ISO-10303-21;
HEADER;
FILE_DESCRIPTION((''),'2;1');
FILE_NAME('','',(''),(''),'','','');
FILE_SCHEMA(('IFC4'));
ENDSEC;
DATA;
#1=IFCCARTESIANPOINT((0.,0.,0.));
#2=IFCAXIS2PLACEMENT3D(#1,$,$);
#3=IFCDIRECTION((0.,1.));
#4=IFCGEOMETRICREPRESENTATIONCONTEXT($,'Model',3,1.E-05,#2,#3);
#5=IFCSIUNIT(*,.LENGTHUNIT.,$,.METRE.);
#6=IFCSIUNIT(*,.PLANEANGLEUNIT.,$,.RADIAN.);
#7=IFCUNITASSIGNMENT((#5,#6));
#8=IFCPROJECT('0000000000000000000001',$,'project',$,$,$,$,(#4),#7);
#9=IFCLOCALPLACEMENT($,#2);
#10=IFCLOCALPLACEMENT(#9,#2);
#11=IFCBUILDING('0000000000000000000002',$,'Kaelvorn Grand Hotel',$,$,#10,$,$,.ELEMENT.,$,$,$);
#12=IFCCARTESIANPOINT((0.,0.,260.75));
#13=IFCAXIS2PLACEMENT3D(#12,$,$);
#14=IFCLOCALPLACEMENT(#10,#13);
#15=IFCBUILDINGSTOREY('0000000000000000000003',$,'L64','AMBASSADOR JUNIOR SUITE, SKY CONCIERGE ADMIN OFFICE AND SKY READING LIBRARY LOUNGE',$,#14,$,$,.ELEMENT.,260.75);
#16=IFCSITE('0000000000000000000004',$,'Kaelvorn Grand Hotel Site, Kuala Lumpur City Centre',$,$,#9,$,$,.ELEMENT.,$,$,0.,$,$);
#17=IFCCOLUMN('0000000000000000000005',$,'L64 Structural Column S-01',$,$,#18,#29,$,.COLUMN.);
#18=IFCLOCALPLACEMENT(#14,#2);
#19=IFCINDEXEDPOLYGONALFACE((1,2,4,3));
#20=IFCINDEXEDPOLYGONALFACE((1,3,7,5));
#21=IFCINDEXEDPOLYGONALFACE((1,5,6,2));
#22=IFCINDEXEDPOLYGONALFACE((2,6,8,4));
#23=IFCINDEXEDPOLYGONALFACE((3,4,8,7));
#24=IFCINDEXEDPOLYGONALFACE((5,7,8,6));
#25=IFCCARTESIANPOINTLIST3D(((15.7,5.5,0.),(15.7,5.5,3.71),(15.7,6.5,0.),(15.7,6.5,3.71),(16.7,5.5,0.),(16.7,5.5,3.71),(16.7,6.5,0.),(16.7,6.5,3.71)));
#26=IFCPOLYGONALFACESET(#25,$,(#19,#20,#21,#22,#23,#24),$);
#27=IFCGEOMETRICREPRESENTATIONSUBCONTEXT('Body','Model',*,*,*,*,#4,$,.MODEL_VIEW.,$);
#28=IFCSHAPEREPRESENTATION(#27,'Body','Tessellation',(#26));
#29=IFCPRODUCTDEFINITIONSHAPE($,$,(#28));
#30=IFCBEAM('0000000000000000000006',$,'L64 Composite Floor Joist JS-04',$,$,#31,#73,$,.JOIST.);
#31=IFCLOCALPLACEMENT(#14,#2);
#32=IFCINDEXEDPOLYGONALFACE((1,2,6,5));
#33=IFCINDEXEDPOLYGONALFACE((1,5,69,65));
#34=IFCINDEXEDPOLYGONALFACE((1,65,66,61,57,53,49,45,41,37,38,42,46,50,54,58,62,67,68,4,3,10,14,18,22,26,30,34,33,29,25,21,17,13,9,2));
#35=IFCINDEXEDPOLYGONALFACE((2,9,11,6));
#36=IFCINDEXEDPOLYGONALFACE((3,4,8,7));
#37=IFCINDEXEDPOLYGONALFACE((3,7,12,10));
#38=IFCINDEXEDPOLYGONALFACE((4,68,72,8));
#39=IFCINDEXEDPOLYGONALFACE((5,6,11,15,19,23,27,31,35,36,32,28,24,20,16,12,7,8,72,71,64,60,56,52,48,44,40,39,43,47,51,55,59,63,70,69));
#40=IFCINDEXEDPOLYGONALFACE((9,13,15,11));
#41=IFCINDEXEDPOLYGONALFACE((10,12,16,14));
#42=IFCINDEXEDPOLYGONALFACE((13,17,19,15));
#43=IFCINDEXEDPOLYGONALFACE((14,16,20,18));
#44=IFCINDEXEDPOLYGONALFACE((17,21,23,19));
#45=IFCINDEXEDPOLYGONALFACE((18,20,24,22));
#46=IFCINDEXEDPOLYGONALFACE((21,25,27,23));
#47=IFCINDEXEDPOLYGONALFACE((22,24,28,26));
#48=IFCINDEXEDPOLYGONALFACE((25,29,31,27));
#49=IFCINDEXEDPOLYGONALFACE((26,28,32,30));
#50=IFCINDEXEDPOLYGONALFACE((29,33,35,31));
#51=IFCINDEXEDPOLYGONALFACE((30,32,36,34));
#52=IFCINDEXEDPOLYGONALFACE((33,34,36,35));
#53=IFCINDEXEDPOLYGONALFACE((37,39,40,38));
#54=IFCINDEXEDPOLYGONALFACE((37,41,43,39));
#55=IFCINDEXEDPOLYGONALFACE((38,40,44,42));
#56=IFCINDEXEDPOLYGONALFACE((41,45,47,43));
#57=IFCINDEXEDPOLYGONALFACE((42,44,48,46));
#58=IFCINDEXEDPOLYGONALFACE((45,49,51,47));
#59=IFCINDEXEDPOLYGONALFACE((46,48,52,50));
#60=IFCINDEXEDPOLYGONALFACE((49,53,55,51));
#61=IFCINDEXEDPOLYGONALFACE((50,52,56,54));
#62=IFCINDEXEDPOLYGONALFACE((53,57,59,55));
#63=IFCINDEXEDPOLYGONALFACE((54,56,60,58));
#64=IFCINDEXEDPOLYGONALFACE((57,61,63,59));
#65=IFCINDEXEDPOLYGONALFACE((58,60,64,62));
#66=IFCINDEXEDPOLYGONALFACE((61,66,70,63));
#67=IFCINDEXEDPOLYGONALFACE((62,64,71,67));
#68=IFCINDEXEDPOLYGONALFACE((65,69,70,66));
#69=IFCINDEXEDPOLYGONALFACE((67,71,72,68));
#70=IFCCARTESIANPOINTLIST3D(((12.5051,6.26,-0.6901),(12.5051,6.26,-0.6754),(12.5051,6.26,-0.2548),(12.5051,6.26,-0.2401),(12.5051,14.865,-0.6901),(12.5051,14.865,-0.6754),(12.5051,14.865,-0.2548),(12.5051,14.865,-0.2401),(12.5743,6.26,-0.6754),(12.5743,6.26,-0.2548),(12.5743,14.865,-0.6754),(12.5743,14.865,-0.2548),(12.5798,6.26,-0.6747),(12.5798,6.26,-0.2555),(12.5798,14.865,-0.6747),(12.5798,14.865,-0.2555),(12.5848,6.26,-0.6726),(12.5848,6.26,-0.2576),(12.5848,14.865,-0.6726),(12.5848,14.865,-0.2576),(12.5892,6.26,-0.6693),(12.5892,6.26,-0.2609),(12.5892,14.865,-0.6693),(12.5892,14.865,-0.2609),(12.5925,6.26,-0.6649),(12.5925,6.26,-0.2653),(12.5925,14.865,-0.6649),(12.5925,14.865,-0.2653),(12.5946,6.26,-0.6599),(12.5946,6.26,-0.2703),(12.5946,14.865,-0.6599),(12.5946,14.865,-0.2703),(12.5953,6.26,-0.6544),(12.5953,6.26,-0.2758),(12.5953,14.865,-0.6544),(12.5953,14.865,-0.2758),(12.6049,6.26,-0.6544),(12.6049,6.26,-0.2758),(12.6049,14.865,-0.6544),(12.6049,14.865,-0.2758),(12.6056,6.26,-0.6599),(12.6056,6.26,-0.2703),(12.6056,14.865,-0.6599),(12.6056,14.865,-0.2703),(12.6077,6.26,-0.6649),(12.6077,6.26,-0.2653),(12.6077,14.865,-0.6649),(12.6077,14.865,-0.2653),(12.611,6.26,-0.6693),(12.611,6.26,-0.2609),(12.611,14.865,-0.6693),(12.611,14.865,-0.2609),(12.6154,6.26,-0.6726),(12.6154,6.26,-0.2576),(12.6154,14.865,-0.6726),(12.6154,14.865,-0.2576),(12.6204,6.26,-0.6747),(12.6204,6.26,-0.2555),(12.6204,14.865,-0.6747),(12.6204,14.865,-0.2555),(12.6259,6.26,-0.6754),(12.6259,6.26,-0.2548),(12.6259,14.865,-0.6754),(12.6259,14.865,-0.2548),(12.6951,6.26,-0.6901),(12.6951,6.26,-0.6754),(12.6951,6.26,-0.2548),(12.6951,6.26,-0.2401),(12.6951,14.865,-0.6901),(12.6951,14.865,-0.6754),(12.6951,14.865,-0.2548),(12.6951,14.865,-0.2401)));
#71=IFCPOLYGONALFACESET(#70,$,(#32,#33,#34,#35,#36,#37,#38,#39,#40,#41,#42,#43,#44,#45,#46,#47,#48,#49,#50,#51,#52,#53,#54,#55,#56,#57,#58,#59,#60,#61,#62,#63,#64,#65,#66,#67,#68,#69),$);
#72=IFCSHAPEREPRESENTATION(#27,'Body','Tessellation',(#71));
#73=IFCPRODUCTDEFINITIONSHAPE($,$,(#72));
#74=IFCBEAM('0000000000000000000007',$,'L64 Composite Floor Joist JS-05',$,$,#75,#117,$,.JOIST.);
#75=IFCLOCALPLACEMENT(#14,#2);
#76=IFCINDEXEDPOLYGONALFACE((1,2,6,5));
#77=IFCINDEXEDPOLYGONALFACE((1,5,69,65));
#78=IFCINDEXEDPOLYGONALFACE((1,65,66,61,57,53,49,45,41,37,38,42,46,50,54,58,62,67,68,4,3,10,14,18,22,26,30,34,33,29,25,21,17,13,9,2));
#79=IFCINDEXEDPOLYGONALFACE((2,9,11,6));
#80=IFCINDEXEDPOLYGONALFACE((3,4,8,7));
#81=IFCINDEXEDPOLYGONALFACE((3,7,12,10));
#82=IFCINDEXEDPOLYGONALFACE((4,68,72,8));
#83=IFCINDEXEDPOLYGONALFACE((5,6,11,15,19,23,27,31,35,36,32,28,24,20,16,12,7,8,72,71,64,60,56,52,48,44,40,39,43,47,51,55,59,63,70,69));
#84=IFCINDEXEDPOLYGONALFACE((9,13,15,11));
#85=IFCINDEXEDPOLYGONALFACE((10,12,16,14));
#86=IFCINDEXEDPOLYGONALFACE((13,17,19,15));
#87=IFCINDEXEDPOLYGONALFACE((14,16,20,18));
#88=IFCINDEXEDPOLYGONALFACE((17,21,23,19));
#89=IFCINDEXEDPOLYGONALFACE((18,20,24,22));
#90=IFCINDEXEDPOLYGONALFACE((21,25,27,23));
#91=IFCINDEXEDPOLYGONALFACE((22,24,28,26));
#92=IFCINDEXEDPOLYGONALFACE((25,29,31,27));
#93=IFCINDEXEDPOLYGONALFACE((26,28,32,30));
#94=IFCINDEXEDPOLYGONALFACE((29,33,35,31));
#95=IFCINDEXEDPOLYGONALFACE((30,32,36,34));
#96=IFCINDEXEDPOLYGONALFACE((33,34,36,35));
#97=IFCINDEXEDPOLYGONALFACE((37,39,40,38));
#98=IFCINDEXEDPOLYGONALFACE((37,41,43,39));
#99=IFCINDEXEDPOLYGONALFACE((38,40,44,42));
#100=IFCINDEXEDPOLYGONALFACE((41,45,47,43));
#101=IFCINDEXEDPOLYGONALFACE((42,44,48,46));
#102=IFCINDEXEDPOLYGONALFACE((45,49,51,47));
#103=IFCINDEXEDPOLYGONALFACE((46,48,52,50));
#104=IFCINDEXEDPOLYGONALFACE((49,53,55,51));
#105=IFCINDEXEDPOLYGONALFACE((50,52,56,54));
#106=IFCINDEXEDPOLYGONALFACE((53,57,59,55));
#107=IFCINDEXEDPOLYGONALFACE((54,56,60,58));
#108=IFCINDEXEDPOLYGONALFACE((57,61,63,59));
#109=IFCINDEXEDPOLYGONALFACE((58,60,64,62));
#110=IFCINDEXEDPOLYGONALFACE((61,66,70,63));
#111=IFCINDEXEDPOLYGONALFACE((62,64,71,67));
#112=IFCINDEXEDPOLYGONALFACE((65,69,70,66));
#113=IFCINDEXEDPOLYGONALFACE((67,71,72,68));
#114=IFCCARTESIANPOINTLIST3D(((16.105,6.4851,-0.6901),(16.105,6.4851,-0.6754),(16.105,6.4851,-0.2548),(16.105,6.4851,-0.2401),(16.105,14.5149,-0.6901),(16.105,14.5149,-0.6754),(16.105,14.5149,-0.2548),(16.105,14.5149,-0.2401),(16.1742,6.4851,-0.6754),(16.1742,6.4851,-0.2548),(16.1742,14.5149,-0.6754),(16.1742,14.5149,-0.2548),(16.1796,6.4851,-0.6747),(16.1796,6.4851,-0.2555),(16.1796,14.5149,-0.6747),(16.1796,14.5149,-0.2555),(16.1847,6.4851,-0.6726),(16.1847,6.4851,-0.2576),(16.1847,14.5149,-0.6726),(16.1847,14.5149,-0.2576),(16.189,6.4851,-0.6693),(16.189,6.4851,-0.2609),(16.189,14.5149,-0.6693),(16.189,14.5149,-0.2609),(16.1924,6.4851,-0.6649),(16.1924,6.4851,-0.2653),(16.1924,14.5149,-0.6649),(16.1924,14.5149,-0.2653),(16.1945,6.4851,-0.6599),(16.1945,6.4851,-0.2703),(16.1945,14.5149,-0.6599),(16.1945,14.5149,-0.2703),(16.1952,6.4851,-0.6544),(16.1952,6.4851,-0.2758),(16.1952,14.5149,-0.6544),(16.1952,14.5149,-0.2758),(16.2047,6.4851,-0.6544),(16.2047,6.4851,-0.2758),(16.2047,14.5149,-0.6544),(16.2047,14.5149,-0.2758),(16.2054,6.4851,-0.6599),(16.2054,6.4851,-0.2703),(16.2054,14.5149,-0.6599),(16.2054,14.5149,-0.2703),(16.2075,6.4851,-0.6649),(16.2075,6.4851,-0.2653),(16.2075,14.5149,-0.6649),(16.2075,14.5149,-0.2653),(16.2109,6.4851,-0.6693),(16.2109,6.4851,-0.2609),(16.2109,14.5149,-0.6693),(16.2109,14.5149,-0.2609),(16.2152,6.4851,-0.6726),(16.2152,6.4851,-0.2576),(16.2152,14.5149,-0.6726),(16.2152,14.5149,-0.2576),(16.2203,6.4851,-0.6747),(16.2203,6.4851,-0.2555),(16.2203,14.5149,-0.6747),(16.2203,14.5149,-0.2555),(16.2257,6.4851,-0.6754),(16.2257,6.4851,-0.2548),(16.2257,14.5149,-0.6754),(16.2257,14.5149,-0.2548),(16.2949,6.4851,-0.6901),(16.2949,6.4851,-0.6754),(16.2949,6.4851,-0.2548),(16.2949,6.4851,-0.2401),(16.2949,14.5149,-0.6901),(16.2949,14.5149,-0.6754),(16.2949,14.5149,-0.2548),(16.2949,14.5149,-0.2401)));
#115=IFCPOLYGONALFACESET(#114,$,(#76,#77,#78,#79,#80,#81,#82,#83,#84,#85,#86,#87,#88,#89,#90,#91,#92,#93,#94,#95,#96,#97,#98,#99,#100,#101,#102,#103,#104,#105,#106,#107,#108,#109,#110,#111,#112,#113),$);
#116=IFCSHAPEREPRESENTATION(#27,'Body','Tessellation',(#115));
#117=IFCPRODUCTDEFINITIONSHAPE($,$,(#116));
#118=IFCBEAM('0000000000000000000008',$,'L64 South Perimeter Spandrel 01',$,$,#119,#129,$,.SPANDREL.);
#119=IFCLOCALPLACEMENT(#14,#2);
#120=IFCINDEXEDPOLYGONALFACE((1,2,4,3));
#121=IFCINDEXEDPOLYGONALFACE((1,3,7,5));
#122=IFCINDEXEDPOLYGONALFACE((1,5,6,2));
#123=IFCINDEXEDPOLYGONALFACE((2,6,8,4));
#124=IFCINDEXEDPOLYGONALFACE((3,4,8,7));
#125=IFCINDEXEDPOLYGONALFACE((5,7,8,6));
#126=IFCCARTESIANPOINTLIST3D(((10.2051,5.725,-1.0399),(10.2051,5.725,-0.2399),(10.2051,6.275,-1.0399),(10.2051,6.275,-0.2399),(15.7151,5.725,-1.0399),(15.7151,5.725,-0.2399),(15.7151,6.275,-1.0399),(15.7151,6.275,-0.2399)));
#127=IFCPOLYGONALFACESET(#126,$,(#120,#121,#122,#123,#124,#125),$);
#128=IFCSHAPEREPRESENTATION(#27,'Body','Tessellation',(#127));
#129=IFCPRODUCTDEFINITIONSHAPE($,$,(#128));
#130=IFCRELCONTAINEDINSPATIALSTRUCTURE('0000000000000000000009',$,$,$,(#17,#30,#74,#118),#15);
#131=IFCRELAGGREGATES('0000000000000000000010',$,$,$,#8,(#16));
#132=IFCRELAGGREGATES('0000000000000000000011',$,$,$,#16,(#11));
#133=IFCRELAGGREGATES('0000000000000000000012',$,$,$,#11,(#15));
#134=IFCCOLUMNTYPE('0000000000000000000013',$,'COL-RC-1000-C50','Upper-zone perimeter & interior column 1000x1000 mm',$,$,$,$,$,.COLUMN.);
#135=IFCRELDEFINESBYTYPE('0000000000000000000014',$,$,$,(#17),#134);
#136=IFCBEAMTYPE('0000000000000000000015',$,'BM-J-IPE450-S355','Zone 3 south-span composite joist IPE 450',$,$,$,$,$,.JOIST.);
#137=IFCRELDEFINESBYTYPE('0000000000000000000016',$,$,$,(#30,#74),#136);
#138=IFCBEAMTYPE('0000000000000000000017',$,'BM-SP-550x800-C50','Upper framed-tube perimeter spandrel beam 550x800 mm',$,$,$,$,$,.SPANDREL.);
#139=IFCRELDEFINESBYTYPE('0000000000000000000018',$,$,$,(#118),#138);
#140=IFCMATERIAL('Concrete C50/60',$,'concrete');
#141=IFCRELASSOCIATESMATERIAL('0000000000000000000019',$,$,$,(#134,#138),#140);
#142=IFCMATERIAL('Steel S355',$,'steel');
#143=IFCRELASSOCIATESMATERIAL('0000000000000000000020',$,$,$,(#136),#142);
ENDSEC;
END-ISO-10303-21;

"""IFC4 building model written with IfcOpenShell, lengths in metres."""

from ifc_helpers import new_model, si_unit, direction, frame, origin, origin_2d, place, context, subcontext, project, spatial, rectangle, i_section, extrude, material, material_profile, profile_set, type_object, element, save


model = new_model("IFC4")

# Units and contexts
model_context = context("Model", 3, precision=1e-05, world=origin(), true_north=direction((0.0, 1.0)))
body_context = subcontext(model_context, "Body", "Model", "MODEL_VIEW")
ifc_project = project(units=[si_unit("LENGTHUNIT", "METRE"), si_unit("PLANEANGLEUNIT", "RADIAN")], contexts=[model_context])

# Site, building, storey
site_placement = place(None, origin())
site = spatial("IfcSite", under=ifc_project, at=site_placement, Name="Kaelvorn Grand Hotel Site, Kuala Lumpur City Centre", CompositionType="ELEMENT", RefElevation=0.0)
building_placement = place(site_placement, origin())
building = spatial("IfcBuilding", under=site, at=building_placement, Name="Kaelvorn Grand Hotel", CompositionType="ELEMENT")
storey_placement = place(building_placement, frame((0.0, 0.0, 260.75)))
storey = spatial("IfcBuildingStorey", under=building, at=storey_placement, Name="L64", Description="AMBASSADOR JUNIOR SUITE, SKY CONCIERGE ADMIN OFFICE AND SKY READING LIBRARY LOUNGE", CompositionType="ELEMENT", Elevation=260.75)

# Column
ifc_material_1 = material(Name="Concrete C50/60", Category="concrete")
ifc_material_profile_1 = material_profile(ifc_material_1, rectangle(XDim=1.0, YDim=1.0, at=origin_2d()), Name="RC COL 1000x1000")
ifc_profile_set_1 = profile_set([ifc_material_profile_1], Name="Concrete C50/60")
column_type = type_object("IfcColumnType", Name="COL-RC-1000-C50", Description="Upper-zone perimeter & interior column 1000x1000 mm", PredefinedType="COLUMN", material=ifc_profile_set_1)
column_placement = place(storey_placement, frame((16.2, 6.0, 0.0), z_axis=(0.0, 0.0, 1.0), x_axis=(1.0, 0.0, 0.0)))
element("IfcColumn", 1, at=column_placement, inside=storey, type_object=column_type, Name="L64 Structural Column S-01", PredefinedType="COLUMN", context=body_context, shape_type="SweptSolid", body=[
    extrude(rectangle(XDim=1.0, YDim=1.0, at=origin_2d()), origin(), (0.0, 0.0, 1.0), 3.71),
])

# Beams
ifc_material_2 = material(Name="Steel S355", Category="steel")
ifc_material_profile_2 = material_profile(ifc_material_2, i_section(OverallWidth=0.1899, OverallDepth=0.45, WebThickness=0.0095, FlangeThickness=0.0146, FilletRadius=0.021, at=origin_2d()), Name="IPE 450")
ifc_profile_set_2 = profile_set([ifc_material_profile_2], Name="Steel S355")
beam_type_1 = type_object("IfcBeamType", Name="BM-J-IPE450-S355", Description="Zone 3 south-span composite joist IPE 450", PredefinedType="JOIST", material=ifc_profile_set_2)
beam_1_placement = place(storey_placement, frame((12.6001, 6.26, -0.4651), z_axis=(0.0, 1.0, 0.0), x_axis=(-1.0, 0.0, 0.0)))
element("IfcBeam", 2, at=beam_1_placement, inside=storey, type_object=beam_type_1, Name="L64 Composite Floor Joist JS-04", PredefinedType="JOIST", context=body_context, shape_type="SweptSolid", body=[
    extrude(i_section(OverallWidth=0.1899, OverallDepth=0.45, WebThickness=0.0095, FlangeThickness=0.0146, FilletRadius=0.021, at=origin_2d()), origin(), (0.0, 0.0, 1.0), 8.605),
])
beam_2_placement = place(storey_placement, frame((16.2, 6.4851, -0.4651), z_axis=(0.0, 1.0, 0.0), x_axis=(-1.0, 0.0, 0.0)))
element("IfcBeam", 3, at=beam_2_placement, inside=storey, type_object=beam_type_1, Name="L64 Composite Floor Joist JS-05", PredefinedType="JOIST", context=body_context, shape_type="SweptSolid", body=[
    extrude(i_section(OverallWidth=0.1899, OverallDepth=0.45, WebThickness=0.0095, FlangeThickness=0.0146, FilletRadius=0.021, at=origin_2d()), origin(), (0.0, 0.0, 1.0), 8.0298),
])
ifc_material_profile_3 = material_profile(ifc_material_1, rectangle(XDim=0.55, YDim=0.8, at=origin_2d()), Name="RC SPANDREL 550x800")
ifc_profile_set_3 = profile_set([ifc_material_profile_3], Name="Concrete C50/60")
beam_type_2 = type_object("IfcBeamType", Name="BM-SP-550x800-C50", Description="Upper framed-tube perimeter spandrel beam 550x800 mm", PredefinedType="SPANDREL", material=ifc_profile_set_3)
beam_3_placement = place(storey_placement, frame((10.2051, 6.0, -0.6399), z_axis=(1.0, 0.0, 0.0), x_axis=(0.0, 1.0, 0.0)))
element("IfcBeam", 4, at=beam_3_placement, inside=storey, type_object=beam_type_2, Name="L64 South Perimeter Spandrel 01", PredefinedType="SPANDREL", context=body_context, shape_type="SweptSolid", body=[
    extrude(rectangle(XDim=0.55, YDim=0.8, at=origin_2d()), origin(), (0.0, 0.0, 1.0), 5.51),
])

save(model, "model.ifc")
